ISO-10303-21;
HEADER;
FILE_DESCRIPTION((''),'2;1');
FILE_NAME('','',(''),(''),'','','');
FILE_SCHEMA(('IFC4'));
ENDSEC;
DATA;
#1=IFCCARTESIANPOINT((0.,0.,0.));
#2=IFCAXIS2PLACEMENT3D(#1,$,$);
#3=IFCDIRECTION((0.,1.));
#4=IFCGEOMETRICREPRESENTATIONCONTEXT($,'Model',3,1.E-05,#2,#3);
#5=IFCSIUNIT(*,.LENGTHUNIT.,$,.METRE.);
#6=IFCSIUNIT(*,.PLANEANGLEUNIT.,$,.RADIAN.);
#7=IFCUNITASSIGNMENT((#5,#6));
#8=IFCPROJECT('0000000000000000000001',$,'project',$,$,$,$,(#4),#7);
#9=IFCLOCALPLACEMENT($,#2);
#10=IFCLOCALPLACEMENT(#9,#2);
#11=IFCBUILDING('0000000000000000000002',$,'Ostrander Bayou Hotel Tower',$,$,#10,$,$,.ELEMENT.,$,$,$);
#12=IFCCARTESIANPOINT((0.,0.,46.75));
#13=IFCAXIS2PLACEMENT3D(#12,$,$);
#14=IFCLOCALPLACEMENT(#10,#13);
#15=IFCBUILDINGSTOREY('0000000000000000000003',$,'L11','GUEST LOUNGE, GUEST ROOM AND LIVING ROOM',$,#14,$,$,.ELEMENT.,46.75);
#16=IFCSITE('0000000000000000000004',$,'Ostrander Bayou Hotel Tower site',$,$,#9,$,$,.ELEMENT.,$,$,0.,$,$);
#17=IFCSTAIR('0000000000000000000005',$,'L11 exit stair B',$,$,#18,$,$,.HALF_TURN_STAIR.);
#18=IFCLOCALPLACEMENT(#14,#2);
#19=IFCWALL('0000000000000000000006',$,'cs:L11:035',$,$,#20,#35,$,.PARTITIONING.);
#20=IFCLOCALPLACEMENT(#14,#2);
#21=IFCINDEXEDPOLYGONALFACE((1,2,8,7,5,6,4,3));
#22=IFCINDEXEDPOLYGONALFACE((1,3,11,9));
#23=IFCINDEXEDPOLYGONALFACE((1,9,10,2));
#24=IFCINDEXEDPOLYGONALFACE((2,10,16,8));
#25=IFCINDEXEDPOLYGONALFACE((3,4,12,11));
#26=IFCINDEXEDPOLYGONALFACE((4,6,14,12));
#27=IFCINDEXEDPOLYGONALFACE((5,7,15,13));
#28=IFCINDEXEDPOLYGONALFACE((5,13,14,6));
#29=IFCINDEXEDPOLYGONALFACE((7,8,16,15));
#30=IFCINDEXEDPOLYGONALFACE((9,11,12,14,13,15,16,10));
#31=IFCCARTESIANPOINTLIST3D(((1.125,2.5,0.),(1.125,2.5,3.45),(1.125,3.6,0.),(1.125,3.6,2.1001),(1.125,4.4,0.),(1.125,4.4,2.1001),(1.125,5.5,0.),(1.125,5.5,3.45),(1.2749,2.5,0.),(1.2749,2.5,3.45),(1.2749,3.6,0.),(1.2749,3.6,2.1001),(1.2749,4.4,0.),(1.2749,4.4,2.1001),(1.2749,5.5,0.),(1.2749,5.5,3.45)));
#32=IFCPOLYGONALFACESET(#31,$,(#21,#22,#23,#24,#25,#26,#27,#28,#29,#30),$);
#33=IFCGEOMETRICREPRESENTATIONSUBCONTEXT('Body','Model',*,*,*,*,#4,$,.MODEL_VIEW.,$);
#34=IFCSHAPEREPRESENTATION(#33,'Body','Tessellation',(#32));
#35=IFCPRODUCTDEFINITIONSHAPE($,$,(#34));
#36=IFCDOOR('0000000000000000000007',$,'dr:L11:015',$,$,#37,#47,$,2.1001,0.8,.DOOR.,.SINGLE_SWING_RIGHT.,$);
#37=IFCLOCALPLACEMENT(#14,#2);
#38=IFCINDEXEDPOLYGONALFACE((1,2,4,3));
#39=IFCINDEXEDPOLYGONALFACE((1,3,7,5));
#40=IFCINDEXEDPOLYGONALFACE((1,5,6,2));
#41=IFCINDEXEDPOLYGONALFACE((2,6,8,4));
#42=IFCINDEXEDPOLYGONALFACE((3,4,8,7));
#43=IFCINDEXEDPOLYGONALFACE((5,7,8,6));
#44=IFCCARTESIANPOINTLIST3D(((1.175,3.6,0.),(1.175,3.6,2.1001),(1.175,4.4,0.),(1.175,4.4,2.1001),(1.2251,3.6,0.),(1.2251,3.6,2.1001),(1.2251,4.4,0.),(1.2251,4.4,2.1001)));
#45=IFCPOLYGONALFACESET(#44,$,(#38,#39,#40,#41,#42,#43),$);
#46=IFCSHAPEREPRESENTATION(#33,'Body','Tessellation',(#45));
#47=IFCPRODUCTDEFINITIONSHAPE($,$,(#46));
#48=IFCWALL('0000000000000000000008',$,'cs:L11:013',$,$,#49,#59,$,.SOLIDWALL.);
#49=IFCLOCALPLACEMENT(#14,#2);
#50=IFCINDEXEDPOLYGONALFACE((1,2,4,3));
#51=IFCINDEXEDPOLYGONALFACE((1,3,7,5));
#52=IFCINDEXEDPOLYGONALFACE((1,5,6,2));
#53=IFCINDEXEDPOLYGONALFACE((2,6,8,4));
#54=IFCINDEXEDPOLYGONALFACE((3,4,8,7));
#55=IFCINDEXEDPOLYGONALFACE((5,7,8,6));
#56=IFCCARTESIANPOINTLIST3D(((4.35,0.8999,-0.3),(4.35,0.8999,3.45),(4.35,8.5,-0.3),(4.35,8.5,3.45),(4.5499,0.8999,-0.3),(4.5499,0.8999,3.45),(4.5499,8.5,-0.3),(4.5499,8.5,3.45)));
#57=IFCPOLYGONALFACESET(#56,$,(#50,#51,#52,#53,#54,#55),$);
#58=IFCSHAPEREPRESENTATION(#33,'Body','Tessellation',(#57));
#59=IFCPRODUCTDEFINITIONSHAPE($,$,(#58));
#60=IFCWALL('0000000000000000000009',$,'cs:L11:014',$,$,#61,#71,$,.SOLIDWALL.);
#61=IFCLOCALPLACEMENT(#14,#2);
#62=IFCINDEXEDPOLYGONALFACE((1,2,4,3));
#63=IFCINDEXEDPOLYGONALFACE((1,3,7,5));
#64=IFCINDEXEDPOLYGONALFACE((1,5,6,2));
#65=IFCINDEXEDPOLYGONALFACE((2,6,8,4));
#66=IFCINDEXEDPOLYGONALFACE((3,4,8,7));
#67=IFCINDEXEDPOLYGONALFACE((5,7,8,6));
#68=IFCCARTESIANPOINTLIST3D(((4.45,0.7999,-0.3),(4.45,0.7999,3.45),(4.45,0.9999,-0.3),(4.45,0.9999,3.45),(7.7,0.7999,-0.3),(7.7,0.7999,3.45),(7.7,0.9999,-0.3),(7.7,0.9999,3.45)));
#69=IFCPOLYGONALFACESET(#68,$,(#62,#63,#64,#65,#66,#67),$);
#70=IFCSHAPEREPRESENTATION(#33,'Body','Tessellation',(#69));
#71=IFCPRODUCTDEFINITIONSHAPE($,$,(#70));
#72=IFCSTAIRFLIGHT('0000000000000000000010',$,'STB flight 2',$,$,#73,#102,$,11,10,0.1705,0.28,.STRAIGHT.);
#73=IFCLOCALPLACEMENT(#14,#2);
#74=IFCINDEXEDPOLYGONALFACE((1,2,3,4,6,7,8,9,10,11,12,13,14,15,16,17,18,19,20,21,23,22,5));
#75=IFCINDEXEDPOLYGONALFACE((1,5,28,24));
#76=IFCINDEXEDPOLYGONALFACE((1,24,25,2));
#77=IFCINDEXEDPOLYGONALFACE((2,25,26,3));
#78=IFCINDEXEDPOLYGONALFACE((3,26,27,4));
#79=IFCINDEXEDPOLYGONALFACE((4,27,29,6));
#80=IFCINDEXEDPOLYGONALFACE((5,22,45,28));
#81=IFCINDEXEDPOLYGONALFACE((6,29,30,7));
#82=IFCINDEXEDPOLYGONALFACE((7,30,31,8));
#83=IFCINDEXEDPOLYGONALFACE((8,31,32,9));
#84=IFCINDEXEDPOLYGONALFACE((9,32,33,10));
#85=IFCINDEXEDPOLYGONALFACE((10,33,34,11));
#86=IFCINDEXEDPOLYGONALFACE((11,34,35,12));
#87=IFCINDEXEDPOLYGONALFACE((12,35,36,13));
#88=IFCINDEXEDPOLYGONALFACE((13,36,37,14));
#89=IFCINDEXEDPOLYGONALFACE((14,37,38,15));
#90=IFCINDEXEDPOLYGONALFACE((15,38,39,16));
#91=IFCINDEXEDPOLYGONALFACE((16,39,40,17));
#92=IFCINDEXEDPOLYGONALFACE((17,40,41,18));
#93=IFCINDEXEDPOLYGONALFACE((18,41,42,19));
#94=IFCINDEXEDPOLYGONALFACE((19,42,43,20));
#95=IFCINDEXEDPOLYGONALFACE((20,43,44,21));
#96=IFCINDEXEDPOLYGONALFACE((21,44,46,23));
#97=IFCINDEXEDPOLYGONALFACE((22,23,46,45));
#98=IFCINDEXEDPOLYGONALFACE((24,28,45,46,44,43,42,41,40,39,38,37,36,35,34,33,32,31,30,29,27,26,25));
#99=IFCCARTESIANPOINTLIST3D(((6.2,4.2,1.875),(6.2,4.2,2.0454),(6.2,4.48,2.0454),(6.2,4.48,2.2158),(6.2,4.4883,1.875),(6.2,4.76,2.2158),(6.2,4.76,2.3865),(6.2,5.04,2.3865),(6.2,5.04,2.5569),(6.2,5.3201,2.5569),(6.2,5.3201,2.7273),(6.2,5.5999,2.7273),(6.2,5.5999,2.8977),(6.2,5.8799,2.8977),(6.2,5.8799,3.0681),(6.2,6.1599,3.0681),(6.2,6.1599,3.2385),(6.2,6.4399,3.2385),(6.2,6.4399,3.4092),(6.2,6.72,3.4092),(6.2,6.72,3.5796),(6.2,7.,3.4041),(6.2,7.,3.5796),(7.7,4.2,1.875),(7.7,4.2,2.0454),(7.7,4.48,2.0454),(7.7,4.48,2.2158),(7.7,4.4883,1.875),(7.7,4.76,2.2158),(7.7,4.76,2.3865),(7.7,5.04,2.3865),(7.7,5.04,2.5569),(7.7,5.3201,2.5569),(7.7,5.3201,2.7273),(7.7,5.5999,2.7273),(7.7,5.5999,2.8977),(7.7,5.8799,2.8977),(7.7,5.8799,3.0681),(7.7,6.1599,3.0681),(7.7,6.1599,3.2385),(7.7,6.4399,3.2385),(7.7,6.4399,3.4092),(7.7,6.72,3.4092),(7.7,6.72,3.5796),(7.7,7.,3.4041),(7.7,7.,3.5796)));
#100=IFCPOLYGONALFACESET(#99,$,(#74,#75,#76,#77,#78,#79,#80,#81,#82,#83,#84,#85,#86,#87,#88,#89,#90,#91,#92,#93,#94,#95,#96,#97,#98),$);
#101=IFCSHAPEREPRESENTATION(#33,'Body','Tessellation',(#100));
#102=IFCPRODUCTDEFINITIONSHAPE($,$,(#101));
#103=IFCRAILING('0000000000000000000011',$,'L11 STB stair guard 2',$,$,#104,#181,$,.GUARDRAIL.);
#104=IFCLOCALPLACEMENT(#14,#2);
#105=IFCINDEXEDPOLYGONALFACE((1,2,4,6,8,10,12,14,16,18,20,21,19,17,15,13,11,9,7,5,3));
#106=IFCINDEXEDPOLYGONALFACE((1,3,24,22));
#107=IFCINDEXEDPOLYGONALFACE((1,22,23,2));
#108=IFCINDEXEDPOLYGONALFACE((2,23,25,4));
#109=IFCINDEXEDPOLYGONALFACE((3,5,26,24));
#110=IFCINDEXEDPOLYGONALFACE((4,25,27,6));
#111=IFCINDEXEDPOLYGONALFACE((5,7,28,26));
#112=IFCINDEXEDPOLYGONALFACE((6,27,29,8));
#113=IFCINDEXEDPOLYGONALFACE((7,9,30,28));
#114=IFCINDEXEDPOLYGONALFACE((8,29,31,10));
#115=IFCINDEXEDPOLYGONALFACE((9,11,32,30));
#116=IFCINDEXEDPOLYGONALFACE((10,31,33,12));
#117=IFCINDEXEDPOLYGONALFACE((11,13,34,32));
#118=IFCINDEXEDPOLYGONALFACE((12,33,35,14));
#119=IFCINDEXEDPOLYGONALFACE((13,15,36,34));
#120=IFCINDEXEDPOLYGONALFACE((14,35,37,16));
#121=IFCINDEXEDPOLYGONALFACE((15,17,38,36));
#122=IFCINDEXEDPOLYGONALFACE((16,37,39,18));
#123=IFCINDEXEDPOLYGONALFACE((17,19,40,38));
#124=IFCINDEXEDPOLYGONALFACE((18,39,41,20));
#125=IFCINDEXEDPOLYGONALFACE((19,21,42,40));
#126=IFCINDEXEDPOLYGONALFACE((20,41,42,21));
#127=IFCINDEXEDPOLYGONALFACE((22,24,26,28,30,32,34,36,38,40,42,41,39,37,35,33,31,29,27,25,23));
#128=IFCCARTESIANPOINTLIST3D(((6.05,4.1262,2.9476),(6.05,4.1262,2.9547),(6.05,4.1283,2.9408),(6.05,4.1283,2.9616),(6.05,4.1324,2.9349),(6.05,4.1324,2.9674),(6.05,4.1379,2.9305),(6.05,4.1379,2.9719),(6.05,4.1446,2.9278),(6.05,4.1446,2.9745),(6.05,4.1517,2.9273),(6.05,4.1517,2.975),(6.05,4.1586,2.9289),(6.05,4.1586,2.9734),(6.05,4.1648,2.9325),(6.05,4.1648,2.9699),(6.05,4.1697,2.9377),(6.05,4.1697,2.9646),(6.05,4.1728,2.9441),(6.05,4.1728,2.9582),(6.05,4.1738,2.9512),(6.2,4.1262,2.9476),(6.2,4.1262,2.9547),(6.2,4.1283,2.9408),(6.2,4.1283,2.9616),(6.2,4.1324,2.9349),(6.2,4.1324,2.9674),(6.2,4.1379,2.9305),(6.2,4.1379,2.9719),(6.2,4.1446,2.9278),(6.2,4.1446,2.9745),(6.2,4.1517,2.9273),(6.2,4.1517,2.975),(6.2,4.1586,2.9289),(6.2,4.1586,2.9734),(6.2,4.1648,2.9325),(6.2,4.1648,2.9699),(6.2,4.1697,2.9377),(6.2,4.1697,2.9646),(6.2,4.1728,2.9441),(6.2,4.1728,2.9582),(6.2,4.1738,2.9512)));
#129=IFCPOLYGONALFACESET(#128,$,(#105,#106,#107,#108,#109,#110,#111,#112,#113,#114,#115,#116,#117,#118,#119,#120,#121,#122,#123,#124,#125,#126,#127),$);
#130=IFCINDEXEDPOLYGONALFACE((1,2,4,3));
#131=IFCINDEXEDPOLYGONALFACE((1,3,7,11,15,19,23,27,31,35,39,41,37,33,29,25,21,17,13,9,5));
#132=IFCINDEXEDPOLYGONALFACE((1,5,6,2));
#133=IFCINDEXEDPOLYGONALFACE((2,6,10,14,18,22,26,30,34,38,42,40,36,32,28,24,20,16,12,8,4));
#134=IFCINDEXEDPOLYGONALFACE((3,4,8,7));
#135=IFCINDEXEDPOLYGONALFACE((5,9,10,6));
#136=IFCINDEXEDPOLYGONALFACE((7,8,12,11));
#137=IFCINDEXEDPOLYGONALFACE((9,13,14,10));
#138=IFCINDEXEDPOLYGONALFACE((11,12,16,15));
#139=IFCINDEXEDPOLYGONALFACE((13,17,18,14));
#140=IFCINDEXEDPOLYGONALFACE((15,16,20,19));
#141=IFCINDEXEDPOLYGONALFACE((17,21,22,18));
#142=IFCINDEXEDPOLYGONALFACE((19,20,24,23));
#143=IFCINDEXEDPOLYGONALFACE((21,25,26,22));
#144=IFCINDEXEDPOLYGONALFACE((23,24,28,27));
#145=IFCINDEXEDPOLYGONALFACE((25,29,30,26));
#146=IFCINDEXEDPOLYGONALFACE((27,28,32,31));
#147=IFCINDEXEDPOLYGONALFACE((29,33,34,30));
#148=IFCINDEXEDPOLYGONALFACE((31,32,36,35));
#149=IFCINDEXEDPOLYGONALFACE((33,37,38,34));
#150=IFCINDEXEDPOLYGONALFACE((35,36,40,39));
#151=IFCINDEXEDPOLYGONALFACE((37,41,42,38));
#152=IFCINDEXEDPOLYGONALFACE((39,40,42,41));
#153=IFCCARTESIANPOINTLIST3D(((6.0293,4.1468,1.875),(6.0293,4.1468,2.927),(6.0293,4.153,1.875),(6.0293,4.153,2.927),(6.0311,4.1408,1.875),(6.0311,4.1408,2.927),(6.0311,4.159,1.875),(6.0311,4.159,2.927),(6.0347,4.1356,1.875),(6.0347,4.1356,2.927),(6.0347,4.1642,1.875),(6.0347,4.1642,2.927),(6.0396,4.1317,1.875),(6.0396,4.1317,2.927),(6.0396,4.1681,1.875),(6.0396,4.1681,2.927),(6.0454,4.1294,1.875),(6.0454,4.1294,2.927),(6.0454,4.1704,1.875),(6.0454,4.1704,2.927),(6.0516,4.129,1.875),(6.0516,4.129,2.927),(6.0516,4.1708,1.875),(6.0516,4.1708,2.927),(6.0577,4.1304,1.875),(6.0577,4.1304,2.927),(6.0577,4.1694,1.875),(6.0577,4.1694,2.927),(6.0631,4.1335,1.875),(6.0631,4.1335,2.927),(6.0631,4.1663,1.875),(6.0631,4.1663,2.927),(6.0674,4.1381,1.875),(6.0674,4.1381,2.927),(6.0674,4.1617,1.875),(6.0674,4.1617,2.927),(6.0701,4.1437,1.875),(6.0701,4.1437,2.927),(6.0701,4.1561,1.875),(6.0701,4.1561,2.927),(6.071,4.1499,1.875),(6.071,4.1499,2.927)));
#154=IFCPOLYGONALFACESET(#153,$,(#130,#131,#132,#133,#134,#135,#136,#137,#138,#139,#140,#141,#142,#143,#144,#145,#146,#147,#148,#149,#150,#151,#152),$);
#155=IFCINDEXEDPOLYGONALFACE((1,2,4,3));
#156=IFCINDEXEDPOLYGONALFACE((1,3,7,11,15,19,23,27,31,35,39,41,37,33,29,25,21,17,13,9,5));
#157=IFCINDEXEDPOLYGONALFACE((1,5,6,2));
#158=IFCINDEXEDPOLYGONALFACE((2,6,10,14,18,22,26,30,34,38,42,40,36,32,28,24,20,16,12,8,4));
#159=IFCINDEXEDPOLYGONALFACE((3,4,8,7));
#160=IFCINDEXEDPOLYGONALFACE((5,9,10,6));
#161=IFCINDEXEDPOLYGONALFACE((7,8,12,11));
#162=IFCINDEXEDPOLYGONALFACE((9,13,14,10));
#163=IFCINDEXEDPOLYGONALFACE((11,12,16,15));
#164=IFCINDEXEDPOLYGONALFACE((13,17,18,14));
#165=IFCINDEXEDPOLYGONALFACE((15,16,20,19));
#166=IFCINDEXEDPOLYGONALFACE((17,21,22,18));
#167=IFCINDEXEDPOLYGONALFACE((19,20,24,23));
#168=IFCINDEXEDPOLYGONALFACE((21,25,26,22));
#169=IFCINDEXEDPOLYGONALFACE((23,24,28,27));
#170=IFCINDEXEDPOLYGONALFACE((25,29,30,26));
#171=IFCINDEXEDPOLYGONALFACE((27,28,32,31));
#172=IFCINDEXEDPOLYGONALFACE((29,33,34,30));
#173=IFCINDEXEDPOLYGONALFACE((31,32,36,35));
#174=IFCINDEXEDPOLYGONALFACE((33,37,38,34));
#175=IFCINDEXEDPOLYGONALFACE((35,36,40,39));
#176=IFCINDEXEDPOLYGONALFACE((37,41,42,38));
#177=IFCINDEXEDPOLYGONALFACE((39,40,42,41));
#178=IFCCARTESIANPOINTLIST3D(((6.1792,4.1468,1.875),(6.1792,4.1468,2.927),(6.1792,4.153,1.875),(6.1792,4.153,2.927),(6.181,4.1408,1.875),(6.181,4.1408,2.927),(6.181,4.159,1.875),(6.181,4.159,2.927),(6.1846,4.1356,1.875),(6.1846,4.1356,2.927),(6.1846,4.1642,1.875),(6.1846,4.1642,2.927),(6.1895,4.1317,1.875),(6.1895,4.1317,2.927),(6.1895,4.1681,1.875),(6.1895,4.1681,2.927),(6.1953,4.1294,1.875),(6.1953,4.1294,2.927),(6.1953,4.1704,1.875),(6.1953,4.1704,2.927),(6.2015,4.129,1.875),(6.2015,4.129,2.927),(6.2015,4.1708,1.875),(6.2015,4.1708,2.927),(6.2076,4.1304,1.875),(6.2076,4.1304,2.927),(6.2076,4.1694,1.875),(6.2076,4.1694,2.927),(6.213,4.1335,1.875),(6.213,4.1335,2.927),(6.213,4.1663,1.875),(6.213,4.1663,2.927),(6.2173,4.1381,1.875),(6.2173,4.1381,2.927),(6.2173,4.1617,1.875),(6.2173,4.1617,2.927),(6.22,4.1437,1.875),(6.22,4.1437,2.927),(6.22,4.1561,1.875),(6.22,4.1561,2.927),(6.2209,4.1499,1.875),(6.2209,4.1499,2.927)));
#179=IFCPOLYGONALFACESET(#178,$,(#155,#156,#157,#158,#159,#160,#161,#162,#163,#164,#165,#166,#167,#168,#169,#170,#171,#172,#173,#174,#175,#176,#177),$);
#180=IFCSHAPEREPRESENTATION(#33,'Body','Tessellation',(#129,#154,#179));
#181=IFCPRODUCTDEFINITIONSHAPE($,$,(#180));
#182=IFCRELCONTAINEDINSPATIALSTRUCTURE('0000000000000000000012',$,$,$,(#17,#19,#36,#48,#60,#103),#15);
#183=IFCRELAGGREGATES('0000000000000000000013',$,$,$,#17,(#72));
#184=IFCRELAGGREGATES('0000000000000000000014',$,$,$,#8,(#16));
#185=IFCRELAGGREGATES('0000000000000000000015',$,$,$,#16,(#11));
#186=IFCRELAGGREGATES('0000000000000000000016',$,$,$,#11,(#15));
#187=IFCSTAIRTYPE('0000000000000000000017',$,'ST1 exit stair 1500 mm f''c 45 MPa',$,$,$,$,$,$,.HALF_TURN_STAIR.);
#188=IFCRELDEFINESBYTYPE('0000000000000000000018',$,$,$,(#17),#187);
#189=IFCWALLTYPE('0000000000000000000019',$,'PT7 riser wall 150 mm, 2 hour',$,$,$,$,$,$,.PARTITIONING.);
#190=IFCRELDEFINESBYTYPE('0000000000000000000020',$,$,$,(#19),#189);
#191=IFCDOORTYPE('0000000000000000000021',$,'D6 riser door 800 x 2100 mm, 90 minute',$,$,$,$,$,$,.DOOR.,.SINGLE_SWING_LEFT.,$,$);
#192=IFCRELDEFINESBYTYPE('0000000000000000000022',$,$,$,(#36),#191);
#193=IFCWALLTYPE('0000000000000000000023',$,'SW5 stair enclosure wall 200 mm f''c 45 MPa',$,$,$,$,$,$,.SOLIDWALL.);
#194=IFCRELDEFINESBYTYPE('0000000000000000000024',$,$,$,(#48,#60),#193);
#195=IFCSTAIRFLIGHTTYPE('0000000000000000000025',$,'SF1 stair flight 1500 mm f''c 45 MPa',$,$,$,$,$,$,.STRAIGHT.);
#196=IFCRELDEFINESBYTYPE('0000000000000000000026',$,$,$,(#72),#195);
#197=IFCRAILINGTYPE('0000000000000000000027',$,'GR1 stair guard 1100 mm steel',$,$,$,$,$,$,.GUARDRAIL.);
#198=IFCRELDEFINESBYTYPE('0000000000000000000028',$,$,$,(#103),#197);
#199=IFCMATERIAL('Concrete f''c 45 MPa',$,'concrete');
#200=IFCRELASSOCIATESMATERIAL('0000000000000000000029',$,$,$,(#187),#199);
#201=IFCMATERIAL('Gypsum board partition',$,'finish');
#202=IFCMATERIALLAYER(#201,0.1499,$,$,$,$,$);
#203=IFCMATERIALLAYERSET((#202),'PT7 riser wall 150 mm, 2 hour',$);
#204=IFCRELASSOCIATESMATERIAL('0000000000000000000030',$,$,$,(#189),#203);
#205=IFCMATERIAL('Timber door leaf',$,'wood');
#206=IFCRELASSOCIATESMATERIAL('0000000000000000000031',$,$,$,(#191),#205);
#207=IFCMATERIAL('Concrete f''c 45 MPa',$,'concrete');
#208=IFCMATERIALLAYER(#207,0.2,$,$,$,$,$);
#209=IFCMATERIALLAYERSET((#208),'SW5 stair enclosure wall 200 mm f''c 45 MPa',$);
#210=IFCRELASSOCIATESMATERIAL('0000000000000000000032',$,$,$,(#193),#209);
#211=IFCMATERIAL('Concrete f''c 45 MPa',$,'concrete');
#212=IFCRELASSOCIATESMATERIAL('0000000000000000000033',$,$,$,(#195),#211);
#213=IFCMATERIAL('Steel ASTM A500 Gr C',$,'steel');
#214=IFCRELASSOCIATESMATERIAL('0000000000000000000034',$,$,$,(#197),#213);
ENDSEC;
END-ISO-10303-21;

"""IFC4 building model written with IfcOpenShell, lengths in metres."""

from ifc_helpers import new_model, si_unit, direction, frame, frame_2d, origin, origin_2d, place, context, subcontext, project, spatial, polyline, rectangle, circle, outline, extrude, material, layer, layer_set, type_object, element, fill, aggregate, save


model = new_model("IFC4")

# Units and contexts
model_context = context("Model", 3, precision=1e-05, world=origin(), true_north=direction((0.0, 1.0)))
body_context = subcontext(model_context, "Body", "Model", "MODEL_VIEW")
ifc_project = project(units=[si_unit("LENGTHUNIT", "METRE"), si_unit("PLANEANGLEUNIT", "RADIAN")], contexts=[model_context])

# Site, building, storey
site_placement = place(None, origin())
site = spatial("IfcSite", under=ifc_project, at=site_placement, Name="Ostrander Bayou Hotel Tower site", CompositionType="ELEMENT", RefElevation=0.0)
building_placement = place(site_placement, origin())
building = spatial("IfcBuilding", under=site, at=building_placement, Name="Ostrander Bayou Hotel Tower", CompositionType="ELEMENT")
storey_placement = place(building_placement, frame((0.0, 0.0, 46.75)))
storey = spatial("IfcBuildingStorey", under=building, at=storey_placement, Name="L11", Description="GUEST LOUNGE, GUEST ROOM AND LIVING ROOM", CompositionType="ELEMENT", Elevation=46.75)

# Stair
ifc_material_1 = material(Name="Concrete f'c 45 MPa", Category="concrete")
stair_type = type_object("IfcStairType", Name="ST1 exit stair 1500 mm f'c 45 MPa", PredefinedType="HALF_TURN_STAIR", material=ifc_material_1)
stair_1_placement = place(storey_placement, origin())
stair_1 = element("IfcStair", 1, at=stair_1_placement, inside=storey, type_object=stair_type, Name="L11 exit stair B", PredefinedType="HALF_TURN_STAIR")

# Wall, opening, door
ifc_material_2 = material(Name="Gypsum board partition", Category="finish")
ifc_layer_1 = layer(ifc_material_2, 0.1499)
ifc_layer_set_1 = layer_set([ifc_layer_1], Name="PT7 riser wall 150 mm, 2 hour")
wall_type_1 = type_object("IfcWallType", Name="PT7 riser wall 150 mm, 2 hour", PredefinedType="PARTITIONING", material=ifc_layer_set_1)
wall_1_placement = place(storey_placement, frame((1.2, 2.5, 0.0), z_axis=(0.0, 0.0, 1.0), x_axis=(0.0, 1.0, 0.0)))
wall_1 = element("IfcWall", 2, at=wall_1_placement, inside=storey, type_object=wall_type_1, Name="cs:L11:035", PredefinedType="PARTITIONING", context=body_context, shape_type="SweptSolid", body=[
    extrude(rectangle(XDim=3.0, YDim=0.1499, at=frame_2d((1.5, 0.0))), origin(), (0.0, 0.0, 1.0), 3.45),
])
opening_placement = place(wall_1_placement, frame((1.1001, 0.0, 0.0)))
opening = element("IfcOpeningElement", 3, at=opening_placement, cuts=wall_1, PredefinedType="OPENING", context=body_context, shape_type="SweptSolid", body=[
    extrude(rectangle(XDim=0.8, YDim=2.1001, at=frame_2d((0.3999, 1.05))), frame((0.0, 0.075, 0.0), z_axis=(0.0, -1.0, 0.0), x_axis=(1.0, 0.0, 0.0)), (0.0, 0.0, 1.0), 0.1499),
])
ifc_material_3 = material(Name="Timber door leaf", Category="wood")
door_type = type_object("IfcDoorType", Name="D6 riser door 800 x 2100 mm, 90 minute", OperationType="SINGLE_SWING_LEFT", PredefinedType="DOOR", material=ifc_material_3)
door_placement = place(opening_placement, origin())
door = element("IfcDoor", 4, at=door_placement, inside=storey, type_object=door_type, Name="dr:L11:015", OperationType="SINGLE_SWING_RIGHT", OverallHeight=2.1001, OverallWidth=0.8, PredefinedType="DOOR", context=body_context, shape_type="SweptSolid", body=[
    extrude(rectangle(XDim=0.8, YDim=2.1001, at=frame_2d((0.3999, 1.05))), frame((0.0, 0.0249, 0.0), z_axis=(0.0, -1.0, 0.0), x_axis=(1.0, 0.0, 0.0)), (0.0, 0.0, 1.0), 0.05),
])
fill(opening, door)

# Walls
ifc_material_4 = material(Name="Concrete f'c 45 MPa", Category="concrete")
ifc_layer_2 = layer(ifc_material_4, 0.2)
ifc_layer_set_2 = layer_set([ifc_layer_2], Name="SW5 stair enclosure wall 200 mm f'c 45 MPa")
wall_type_2 = type_object("IfcWallType", Name="SW5 stair enclosure wall 200 mm f'c 45 MPa", PredefinedType="SOLIDWALL", material=ifc_layer_set_2)
wall_2_placement = place(storey_placement, frame((4.45, 0.8999, -0.3), z_axis=(0.0, 0.0, 1.0), x_axis=(0.0, 1.0, 0.0)))
element("IfcWall", 5, at=wall_2_placement, inside=storey, type_object=wall_type_2, Name="cs:L11:013", PredefinedType="SOLIDWALL", context=body_context, shape_type="SweptSolid", body=[
    extrude(rectangle(XDim=7.6001, YDim=0.2, at=frame_2d((3.8, 0.0))), origin(), (0.0, 0.0, 1.0), 3.75),
])
wall_3_placement = place(storey_placement, frame((4.45, 0.8999, -0.3), z_axis=(0.0, 0.0, 1.0), x_axis=(1.0, 0.0, 0.0)))
element("IfcWall", 6, at=wall_3_placement, inside=storey, type_object=wall_type_2, Name="cs:L11:014", PredefinedType="SOLIDWALL", context=body_context, shape_type="SweptSolid", body=[
    extrude(rectangle(XDim=3.25, YDim=0.2, at=frame_2d((1.625, 0.0))), origin(), (0.0, 0.0, 1.0), 3.75),
])

# Stair flight
ifc_material_5 = material(Name="Concrete f'c 45 MPa", Category="concrete")
stair_flight_type = type_object("IfcStairFlightType", Name="SF1 stair flight 1500 mm f'c 45 MPa", PredefinedType="STRAIGHT", material=ifc_material_5)
stair_flight_placement = place(storey_placement, frame((6.95, 4.2, 1.875), z_axis=(0.0, 0.0, 1.0), x_axis=(0.0, 1.0, 0.0)))
stair_flight = element("IfcStairFlight", 7, at=stair_flight_placement, type_object=stair_flight_type, Name="STB flight 2", NumberOfRisers=11, NumberOfTreads=10, PredefinedType="STRAIGHT", RiserHeight=0.1705, TreadLength=0.28, context=body_context, shape_type="SweptSolid", body=[
    extrude(outline(polyline([(0.0, 0.0), (0.0, 0.1704), (0.28, 0.1704), (0.28, 0.3408), (0.5601, 0.3408), (0.5601, 0.5115), (0.8401, 0.5115), (0.8401, 0.6819), (1.1201, 0.6819), (1.1201, 0.8523), (1.3999, 0.8523), (1.3999, 1.0227), (1.6799, 1.0227), (1.6799, 1.1931), (1.96, 1.1931), (1.96, 1.3635), (2.24, 1.3635), (2.24, 1.5342), (2.52, 1.5342), (2.52, 1.7046), (2.8, 1.7046), (2.8, 1.875), (2.8, 1.5291), (0.2883, 0.0), (0.0, 0.0)])), frame((0.0, 0.75, 0.0), z_axis=(0.0, -1.0, 0.0), x_axis=(1.0, 0.0, 0.0)), (0.0, 0.0, 1.0), 1.5),
])
aggregate(stair_1, [stair_flight])

# Railing
ifc_material_6 = material(Name="Steel ASTM A500 Gr C", Category="steel")
railing_type_1 = type_object("IfcRailingType", Name="GR1 stair guard 1100 mm steel", PredefinedType="GUARDRAIL", material=ifc_material_6)
railing_1_placement = place(storey_placement, frame((6.05, 4.1499, 1.875)))
element("IfcRailing", 8, at=railing_1_placement, inside=storey, type_object=railing_type_1, Name="L11 STB stair guard 2", PredefinedType="GUARDRAIL", context=body_context, shape_type="SweptSolid", body=[
    extrude(circle(Radius=0.0239, at=origin_2d()), frame((0.0, 0.0, 1.0762), z_axis=(1.0, 0.0, 0.0), x_axis=(0.0, 1.0, 0.0)), (0.0, 0.0, 1.0), 0.1499),
    extrude(circle(Radius=0.021, at=origin_2d()), origin(), (0.0, 0.0, 1.0), 1.052),
    extrude(circle(Radius=0.021, at=origin_2d()), frame((0.1499, 0.0, 0.0)), (0.0, 0.0, 1.0), 1.052),
])

save(model, "model.ifc")
